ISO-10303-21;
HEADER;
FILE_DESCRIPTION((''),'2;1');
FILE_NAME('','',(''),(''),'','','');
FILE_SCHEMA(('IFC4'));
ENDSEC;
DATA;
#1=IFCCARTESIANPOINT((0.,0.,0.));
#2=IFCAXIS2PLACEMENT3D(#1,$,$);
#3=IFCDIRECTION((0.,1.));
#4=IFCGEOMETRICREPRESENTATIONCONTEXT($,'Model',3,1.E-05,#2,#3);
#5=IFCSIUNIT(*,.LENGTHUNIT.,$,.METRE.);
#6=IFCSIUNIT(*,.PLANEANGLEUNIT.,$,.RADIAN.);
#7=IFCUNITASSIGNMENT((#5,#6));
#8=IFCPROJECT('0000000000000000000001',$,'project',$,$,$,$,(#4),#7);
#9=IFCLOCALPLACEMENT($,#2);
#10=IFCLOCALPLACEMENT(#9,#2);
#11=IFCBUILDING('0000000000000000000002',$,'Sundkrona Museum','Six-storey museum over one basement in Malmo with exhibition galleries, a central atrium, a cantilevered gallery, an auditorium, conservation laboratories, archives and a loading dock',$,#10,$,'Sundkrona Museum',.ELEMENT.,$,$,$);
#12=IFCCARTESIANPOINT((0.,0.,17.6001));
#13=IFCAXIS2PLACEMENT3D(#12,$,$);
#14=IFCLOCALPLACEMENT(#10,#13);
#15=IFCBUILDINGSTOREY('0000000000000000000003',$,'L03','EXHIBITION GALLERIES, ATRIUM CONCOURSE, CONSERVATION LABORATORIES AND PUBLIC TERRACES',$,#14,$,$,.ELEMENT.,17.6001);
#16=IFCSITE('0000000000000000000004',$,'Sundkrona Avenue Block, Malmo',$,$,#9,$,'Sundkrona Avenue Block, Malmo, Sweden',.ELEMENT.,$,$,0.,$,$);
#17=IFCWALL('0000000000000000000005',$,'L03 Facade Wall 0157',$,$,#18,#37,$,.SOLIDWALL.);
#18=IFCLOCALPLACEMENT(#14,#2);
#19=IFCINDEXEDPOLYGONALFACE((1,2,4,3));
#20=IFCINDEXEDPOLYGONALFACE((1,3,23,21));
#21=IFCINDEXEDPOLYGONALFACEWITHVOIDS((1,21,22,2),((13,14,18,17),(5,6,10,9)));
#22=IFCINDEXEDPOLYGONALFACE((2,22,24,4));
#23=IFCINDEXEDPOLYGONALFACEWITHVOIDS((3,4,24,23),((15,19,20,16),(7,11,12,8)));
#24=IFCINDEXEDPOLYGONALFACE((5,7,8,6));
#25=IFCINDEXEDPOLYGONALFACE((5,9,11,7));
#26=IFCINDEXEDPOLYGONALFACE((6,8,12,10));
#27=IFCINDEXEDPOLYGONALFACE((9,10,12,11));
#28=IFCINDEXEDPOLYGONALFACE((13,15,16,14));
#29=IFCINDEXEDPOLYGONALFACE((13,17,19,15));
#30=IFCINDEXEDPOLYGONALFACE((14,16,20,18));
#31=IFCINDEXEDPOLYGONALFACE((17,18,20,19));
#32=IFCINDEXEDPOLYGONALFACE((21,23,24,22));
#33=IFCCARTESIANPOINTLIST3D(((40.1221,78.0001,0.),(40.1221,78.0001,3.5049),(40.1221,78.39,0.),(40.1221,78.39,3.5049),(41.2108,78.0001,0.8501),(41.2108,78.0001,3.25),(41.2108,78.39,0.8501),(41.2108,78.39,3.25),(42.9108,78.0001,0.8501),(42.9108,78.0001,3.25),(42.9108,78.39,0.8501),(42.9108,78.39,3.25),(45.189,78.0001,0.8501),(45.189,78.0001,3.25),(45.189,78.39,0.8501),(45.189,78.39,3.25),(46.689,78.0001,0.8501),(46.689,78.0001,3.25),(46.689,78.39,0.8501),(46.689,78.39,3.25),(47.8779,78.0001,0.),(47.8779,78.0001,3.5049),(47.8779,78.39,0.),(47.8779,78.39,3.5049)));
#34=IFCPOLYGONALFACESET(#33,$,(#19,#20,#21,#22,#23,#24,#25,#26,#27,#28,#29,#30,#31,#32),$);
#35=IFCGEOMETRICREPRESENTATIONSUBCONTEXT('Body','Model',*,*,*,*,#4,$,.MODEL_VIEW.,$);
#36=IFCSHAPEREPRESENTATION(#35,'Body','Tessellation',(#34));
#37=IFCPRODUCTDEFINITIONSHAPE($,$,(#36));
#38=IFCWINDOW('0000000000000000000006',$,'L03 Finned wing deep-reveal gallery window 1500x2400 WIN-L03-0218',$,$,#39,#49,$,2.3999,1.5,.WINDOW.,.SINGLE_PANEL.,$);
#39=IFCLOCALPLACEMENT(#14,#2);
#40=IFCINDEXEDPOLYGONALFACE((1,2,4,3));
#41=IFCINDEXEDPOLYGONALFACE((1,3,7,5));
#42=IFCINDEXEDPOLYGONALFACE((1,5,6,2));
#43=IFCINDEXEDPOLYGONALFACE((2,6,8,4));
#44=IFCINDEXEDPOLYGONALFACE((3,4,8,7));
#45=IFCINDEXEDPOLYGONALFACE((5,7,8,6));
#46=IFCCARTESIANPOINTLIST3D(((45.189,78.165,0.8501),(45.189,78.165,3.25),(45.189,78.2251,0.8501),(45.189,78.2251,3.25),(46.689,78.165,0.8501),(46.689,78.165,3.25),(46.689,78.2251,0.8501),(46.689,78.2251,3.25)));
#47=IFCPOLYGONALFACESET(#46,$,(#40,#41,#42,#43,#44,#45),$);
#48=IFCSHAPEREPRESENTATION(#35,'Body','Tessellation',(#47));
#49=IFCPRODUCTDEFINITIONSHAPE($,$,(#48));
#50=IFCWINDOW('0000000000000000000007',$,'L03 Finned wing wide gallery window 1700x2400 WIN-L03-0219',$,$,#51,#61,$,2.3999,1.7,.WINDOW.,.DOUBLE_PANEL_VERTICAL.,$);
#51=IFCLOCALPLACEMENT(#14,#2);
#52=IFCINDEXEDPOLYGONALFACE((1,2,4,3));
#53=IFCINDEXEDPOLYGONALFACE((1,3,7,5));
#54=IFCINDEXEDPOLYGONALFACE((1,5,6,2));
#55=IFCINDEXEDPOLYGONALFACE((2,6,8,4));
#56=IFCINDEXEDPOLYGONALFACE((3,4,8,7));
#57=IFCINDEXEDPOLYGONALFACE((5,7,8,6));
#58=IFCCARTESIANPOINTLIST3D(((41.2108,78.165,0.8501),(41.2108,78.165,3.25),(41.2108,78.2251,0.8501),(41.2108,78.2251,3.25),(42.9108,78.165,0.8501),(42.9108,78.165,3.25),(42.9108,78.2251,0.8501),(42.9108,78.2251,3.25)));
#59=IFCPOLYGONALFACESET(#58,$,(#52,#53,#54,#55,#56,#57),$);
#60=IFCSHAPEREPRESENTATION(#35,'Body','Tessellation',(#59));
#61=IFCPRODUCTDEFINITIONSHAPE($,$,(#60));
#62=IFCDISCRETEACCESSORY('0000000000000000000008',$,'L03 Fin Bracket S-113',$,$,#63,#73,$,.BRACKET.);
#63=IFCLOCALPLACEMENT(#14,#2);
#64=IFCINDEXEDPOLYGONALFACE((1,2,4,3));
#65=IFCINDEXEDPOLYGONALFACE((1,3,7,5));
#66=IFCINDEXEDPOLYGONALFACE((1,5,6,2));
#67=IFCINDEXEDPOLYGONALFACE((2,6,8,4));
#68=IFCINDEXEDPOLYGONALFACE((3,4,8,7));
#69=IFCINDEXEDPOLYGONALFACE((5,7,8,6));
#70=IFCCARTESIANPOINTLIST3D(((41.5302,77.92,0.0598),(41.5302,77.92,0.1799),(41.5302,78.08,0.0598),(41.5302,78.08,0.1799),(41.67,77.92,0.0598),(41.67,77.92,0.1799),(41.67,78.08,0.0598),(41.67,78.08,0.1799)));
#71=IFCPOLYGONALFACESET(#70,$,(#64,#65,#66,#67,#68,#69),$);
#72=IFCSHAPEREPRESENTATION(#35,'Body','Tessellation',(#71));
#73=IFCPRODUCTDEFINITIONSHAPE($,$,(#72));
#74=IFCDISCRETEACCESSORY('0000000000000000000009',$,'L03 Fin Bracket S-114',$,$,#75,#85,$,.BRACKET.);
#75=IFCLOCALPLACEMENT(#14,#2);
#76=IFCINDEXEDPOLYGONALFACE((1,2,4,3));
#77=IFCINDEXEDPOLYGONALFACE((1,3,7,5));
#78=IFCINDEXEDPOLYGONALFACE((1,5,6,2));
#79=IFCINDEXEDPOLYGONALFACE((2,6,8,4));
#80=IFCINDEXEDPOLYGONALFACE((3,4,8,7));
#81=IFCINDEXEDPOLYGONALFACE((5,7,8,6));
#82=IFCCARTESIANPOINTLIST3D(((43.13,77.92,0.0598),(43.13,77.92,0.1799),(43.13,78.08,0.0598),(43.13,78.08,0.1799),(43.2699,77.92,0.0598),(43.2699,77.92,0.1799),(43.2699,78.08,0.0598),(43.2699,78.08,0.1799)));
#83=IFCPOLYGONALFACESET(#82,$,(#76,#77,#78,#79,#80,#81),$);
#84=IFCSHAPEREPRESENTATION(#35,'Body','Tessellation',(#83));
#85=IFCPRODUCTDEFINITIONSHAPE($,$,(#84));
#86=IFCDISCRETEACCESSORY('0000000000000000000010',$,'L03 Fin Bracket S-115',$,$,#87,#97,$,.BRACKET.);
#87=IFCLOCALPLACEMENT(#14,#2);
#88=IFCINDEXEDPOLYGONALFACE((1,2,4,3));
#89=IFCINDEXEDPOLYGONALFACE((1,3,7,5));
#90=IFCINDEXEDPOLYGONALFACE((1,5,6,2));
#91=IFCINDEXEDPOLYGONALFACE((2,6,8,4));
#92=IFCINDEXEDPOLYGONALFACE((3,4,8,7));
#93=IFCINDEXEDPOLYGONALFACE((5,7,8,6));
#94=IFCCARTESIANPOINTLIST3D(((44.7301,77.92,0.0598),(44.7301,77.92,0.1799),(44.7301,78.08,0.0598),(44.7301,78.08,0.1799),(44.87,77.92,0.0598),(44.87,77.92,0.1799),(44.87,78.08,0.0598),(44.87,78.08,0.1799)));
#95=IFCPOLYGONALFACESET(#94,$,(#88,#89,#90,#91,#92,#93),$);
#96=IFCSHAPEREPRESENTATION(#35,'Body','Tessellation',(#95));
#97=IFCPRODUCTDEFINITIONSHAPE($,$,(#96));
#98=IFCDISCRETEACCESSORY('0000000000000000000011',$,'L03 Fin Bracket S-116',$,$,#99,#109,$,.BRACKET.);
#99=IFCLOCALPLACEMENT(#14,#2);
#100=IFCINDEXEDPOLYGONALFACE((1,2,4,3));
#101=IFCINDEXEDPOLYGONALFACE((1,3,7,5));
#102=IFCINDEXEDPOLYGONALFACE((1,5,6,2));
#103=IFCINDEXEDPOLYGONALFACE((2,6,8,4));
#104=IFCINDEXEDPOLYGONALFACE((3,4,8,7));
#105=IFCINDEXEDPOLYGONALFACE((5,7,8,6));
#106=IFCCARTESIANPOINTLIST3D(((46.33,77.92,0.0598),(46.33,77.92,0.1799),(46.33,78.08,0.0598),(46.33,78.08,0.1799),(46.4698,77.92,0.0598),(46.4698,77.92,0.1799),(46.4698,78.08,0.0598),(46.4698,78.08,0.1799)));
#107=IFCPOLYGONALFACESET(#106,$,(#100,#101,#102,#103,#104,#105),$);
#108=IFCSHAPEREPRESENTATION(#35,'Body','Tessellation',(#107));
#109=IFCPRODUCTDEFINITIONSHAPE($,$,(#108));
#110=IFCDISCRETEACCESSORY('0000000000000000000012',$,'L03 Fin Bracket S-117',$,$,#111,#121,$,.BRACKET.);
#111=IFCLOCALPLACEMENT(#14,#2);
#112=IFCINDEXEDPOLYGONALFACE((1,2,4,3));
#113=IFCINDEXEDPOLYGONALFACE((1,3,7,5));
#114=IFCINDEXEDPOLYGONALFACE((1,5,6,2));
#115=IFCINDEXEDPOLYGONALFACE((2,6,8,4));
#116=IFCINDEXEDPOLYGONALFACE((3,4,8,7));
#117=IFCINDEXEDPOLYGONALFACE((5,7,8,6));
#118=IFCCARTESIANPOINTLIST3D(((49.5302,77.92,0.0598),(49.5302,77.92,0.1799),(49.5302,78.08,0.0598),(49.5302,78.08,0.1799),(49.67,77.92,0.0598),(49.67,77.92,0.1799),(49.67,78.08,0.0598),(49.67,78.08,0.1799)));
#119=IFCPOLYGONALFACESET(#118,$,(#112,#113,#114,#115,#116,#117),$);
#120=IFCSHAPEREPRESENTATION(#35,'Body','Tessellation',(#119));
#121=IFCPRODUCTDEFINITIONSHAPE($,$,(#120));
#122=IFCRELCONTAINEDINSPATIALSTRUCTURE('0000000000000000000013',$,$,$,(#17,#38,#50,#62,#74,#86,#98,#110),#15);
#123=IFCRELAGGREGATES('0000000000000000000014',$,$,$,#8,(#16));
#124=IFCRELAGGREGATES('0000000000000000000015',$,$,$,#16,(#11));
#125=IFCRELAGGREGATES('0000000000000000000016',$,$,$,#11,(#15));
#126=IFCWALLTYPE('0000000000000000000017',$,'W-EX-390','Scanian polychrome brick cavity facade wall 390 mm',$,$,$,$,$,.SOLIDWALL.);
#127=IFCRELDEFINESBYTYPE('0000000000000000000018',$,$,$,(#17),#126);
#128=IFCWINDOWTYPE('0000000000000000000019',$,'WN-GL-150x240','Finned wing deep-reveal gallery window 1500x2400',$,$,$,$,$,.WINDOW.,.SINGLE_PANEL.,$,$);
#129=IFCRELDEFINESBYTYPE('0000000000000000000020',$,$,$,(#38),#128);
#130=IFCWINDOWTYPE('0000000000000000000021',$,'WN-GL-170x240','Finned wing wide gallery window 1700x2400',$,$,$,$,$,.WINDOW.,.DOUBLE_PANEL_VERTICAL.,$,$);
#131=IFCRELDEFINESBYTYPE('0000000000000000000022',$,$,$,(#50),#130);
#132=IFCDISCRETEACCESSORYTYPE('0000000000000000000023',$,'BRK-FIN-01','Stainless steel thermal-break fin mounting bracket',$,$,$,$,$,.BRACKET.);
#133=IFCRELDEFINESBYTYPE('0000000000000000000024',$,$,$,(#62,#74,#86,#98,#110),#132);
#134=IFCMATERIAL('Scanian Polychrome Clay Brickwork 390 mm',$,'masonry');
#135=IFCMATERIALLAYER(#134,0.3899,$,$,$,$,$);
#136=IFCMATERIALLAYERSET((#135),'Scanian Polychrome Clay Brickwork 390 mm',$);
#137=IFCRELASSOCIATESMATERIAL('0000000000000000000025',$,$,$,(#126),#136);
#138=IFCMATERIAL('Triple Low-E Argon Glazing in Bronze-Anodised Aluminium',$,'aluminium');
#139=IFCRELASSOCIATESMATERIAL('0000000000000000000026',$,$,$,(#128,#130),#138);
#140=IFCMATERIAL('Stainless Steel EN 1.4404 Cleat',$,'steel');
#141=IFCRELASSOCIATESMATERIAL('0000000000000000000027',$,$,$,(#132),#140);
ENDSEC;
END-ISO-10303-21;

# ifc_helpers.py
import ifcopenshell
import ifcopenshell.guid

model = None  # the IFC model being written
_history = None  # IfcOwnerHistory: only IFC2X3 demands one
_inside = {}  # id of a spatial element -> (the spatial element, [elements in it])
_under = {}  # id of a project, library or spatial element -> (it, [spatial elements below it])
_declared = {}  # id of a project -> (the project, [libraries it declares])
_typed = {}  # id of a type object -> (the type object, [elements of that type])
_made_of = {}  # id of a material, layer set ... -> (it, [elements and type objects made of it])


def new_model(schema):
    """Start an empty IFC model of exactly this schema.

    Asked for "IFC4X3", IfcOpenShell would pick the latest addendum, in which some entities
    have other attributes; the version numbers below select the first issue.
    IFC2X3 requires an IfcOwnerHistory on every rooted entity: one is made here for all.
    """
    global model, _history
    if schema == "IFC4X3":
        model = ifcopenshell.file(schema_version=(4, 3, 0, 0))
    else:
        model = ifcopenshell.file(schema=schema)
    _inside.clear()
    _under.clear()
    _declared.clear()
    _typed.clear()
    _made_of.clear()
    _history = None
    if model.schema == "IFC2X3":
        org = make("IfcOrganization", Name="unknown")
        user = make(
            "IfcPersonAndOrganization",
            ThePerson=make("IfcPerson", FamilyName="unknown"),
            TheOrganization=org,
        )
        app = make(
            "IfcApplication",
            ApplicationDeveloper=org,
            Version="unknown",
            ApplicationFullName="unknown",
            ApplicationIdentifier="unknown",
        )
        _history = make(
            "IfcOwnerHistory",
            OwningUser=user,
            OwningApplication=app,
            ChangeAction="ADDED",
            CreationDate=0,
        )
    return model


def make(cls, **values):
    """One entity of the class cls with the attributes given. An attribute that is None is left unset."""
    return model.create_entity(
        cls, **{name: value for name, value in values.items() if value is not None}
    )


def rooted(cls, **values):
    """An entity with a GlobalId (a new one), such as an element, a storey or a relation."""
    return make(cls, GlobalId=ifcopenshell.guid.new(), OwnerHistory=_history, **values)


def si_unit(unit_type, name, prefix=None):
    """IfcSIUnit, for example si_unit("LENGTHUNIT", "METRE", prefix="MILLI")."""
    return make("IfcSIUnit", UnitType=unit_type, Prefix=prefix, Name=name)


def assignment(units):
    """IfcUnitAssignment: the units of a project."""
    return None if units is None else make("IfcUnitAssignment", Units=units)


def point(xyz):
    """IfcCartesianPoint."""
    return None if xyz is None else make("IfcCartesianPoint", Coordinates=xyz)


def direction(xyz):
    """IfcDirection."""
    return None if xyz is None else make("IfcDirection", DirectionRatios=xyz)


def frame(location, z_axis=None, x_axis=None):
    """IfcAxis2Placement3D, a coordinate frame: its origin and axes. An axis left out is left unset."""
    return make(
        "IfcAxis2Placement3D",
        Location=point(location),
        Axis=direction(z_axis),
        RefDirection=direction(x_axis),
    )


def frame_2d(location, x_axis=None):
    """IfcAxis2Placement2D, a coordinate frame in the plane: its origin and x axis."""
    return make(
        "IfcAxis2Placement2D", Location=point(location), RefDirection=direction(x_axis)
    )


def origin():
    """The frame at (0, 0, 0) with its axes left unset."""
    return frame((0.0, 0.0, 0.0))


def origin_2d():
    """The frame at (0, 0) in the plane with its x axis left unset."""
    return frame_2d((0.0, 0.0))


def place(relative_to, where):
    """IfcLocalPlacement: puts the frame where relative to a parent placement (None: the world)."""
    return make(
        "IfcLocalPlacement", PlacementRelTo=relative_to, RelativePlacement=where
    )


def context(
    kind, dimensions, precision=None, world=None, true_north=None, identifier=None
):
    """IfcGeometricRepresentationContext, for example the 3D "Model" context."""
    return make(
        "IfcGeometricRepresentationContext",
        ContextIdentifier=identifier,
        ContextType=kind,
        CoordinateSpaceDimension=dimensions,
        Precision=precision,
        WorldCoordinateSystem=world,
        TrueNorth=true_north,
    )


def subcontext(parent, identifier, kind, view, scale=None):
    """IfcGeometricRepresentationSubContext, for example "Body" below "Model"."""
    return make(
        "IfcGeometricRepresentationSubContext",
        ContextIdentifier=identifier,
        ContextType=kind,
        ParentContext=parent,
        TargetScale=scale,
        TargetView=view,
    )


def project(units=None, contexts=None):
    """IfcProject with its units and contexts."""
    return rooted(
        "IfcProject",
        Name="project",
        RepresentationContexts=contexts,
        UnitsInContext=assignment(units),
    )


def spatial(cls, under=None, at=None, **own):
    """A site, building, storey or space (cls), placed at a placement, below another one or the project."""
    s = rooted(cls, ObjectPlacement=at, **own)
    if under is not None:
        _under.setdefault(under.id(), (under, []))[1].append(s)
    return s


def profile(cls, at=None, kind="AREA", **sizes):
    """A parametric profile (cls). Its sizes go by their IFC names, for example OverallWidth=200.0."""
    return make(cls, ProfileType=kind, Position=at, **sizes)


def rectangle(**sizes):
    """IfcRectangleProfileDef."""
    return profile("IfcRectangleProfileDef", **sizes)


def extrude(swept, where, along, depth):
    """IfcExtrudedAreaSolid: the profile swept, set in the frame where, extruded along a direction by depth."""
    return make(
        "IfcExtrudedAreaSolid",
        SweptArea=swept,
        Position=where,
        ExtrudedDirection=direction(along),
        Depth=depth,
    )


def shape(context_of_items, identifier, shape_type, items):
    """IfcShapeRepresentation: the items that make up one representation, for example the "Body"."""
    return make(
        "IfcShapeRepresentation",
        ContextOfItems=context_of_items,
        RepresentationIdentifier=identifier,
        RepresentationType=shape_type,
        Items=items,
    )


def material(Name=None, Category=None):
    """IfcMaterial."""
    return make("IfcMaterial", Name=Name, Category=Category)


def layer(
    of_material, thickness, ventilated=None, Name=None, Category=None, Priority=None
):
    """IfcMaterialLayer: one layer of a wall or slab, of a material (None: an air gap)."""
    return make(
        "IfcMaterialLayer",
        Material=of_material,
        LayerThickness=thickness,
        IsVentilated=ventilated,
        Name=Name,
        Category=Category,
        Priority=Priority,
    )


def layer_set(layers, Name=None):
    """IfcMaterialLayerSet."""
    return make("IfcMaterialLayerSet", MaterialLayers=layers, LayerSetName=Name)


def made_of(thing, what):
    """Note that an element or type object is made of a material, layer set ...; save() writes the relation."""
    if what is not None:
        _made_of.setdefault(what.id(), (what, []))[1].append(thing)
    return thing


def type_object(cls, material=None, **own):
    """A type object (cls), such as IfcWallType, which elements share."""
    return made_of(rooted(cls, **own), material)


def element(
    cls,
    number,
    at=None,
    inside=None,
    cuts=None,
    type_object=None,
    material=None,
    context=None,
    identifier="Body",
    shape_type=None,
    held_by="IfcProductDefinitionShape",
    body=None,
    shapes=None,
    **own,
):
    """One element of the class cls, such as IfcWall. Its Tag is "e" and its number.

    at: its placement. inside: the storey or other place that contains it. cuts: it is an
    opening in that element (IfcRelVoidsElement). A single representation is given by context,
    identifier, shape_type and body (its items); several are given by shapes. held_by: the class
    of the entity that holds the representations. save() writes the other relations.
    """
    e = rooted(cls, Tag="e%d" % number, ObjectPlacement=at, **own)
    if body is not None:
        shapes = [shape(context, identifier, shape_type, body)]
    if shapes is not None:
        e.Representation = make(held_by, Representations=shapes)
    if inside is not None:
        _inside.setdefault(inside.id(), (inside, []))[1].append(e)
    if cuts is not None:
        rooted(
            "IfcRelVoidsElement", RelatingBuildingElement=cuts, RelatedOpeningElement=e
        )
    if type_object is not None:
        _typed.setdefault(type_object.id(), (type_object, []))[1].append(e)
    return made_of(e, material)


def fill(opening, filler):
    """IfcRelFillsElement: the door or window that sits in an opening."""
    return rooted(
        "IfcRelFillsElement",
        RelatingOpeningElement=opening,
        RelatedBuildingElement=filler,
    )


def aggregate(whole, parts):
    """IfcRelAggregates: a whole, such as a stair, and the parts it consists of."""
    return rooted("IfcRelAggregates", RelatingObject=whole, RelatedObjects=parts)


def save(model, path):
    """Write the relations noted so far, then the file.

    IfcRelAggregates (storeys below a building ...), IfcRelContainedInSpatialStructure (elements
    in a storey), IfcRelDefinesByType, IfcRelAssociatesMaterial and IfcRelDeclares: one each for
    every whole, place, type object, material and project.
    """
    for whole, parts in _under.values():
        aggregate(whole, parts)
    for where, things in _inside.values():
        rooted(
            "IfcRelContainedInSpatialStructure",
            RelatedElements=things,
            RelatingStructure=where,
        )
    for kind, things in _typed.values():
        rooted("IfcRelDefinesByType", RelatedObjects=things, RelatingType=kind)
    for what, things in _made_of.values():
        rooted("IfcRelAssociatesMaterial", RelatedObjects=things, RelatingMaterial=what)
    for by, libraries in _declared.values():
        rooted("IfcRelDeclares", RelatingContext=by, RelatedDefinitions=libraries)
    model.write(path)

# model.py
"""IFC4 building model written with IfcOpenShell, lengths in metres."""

from ifc_helpers import new_model, si_unit, direction, frame, frame_2d, origin, origin_2d, place, context, subcontext, project, spatial, rectangle, extrude, material, layer, layer_set, type_object, element, fill, save


model = new_model("IFC4")

# Units and contexts
model_context = context("Model", 3, precision=1e-05, world=origin(), true_north=direction((0.0, 1.0)))
body_context = subcontext(model_context, "Body", "Model", "MODEL_VIEW")
ifc_project = project(units=[si_unit("LENGTHUNIT", "METRE"), si_unit("PLANEANGLEUNIT", "RADIAN")], contexts=[model_context])

# Site, building, storey
site_placement = place(None, origin())
site = spatial("IfcSite", under=ifc_project, at=site_placement, Name="Sundkrona Avenue Block, Malmo", LongName="Sundkrona Avenue Block, Malmo, Sweden", CompositionType="ELEMENT", RefElevation=0.0)
building_placement = place(site_placement, origin())
building = spatial("IfcBuilding", under=site, at=building_placement, Name="Sundkrona Museum", Description="Six-storey museum over one basement in Malmo with exhibition galleries, a central atrium, a cantilevered gallery, an auditorium, conservation laboratories, archives and a loading dock", LongName="Sundkrona Museum", CompositionType="ELEMENT")
storey_placement = place(building_placement, frame((0.0, 0.0, 17.6001)))
storey = spatial("IfcBuildingStorey", under=building, at=storey_placement, Name="L03", Description="EXHIBITION GALLERIES, ATRIUM CONCOURSE, CONSERVATION LABORATORIES AND PUBLIC TERRACES", CompositionType="ELEMENT", Elevation=17.6001)

# Wall, openings, windows
ifc_material_1 = material(Name="Scanian Polychrome Clay Brickwork 390 mm", Category="masonry")
ifc_layer_1 = layer(ifc_material_1, 0.3899)
ifc_layer_set_1 = layer_set([ifc_layer_1], Name="Scanian Polychrome Clay Brickwork 390 mm")
wall_type = type_object("IfcWallType", Name="W-EX-390", Description="Scanian polychrome brick cavity facade wall 390 mm", PredefinedType="SOLIDWALL", material=ifc_layer_set_1)
wall_placement = place(storey_placement, frame((47.8779, 78.1951, 0.0), z_axis=(0.0, 0.0, 1.0), x_axis=(-1.0, 0.0, 0.0)))
wall = element("IfcWall", 1, at=wall_placement, inside=storey, type_object=wall_type, Name="L03 Facade Wall 0157", PredefinedType="SOLIDWALL", context=body_context, shape_type="SweptSolid", body=[
    extrude(rectangle(XDim=7.7559, YDim=0.3899, at=frame_2d((3.8779, 0.0))), origin(), (0.0, 0.0, 1.0), 3.5049),
])
opening_1_placement = place(wall_placement, frame((1.189, 0.0, 0.8501)))
opening_1 = element("IfcOpeningElement", 2, at=opening_1_placement, cuts=wall, PredefinedType="OPENING", context=body_context, shape_type="SweptSolid", body=[
    extrude(rectangle(XDim=1.5, YDim=2.3999, at=frame_2d((0.75, 1.2))), frame((0.0, 0.2048, 0.0), z_axis=(0.0, -1.0, 0.0), x_axis=(1.0, 0.0, 0.0)), (0.0, 0.0, 1.0), 0.4099),
])
opening_2_placement = place(wall_placement, frame((4.967, 0.0, 0.8501)))
opening_2 = element("IfcOpeningElement", 3, at=opening_2_placement, cuts=wall, PredefinedType="OPENING", context=body_context, shape_type="SweptSolid", body=[
    extrude(rectangle(XDim=1.7, YDim=2.3999, at=frame_2d((0.8501, 1.2))), frame((0.0, 0.2048, 0.0), z_axis=(0.0, -1.0, 0.0), x_axis=(1.0, 0.0, 0.0)), (0.0, 0.0, 1.0), 0.4099),
])
ifc_material_2 = material(Name="Triple Low-E Argon Glazing in Bronze-Anodised Aluminium", Category="aluminium")
window_type_1 = type_object("IfcWindowType", Name="WN-GL-150x240", Description="Finned wing deep-reveal gallery window 1500x2400", PartitioningType="SINGLE_PANEL", PredefinedType="WINDOW", material=ifc_material_2)
window_1_placement = place(opening_1_placement, origin())
window_1 = element("IfcWindow", 4, at=window_1_placement, inside=storey, type_object=window_type_1, Name="L03 Finned wing deep-reveal gallery window 1500x2400 WIN-L03-0218", OverallHeight=2.3999, OverallWidth=1.5, PartitioningType="SINGLE_PANEL", PredefinedType="WINDOW", context=body_context, shape_type="SweptSolid", body=[
    extrude(rectangle(XDim=1.5, YDim=2.3999, at=frame_2d((0.75, 1.2))), frame((0.0, 0.03, 0.0), z_axis=(0.0, -1.0, 0.0), x_axis=(1.0, 0.0, 0.0)), (0.0, 0.0, 1.0), 0.0601),
])
fill(opening_1, window_1)
window_type_2 = type_object("IfcWindowType", Name="WN-GL-170x240", Description="Finned wing wide gallery window 1700x2400", PartitioningType="DOUBLE_PANEL_VERTICAL", PredefinedType="WINDOW", material=ifc_material_2)
window_2_placement = place(opening_2_placement, origin())
window_2 = element("IfcWindow", 5, at=window_2_placement, inside=storey, type_object=window_type_2, Name="L03 Finned wing wide gallery window 1700x2400 WIN-L03-0219", OverallHeight=2.3999, OverallWidth=1.7, PartitioningType="DOUBLE_PANEL_VERTICAL", PredefinedType="WINDOW", context=body_context, shape_type="SweptSolid", body=[
    extrude(rectangle(XDim=1.7, YDim=2.3999, at=frame_2d((0.8501, 1.2))), frame((0.0, 0.03, 0.0), z_axis=(0.0, -1.0, 0.0), x_axis=(1.0, 0.0, 0.0)), (0.0, 0.0, 1.0), 0.0601),
])
fill(opening_2, window_2)

# Discrete accessories
ifc_material_3 = material(Name="Stainless Steel EN 1.4404 Cleat", Category="steel")
discrete_accessory_type = type_object("IfcDiscreteAccessoryType", Name="BRK-FIN-01", Description="Stainless steel thermal-break fin mounting bracket", PredefinedType="BRACKET", material=ifc_material_3)
for number, where, z_axis, x_axis, name in (
    (6, (41.6001, 78.0, 0.0598), (0.0, 0.0, 1.0), (1.0, 0.0, 0.0), "L03 Fin Bracket S-113"),
    (7, (43.2, 78.0, 0.0598), (0.0, 0.0, 1.0), (1.0, 0.0, 0.0), "L03 Fin Bracket S-114"),
    (8, (44.8, 78.0, 0.0598), (0.0, 0.0, 1.0), (1.0, 0.0, 0.0), "L03 Fin Bracket S-115"),
    (9, (46.3999, 78.0, 0.0598), (0.0, 0.0, 1.0), (1.0, 0.0, 0.0), "L03 Fin Bracket S-116"),
    (10, (49.6001, 78.0, 0.0598), (0.0, 0.0, 1.0), (1.0, 0.0, 0.0), "L03 Fin Bracket S-117"),
):
    element("IfcDiscreteAccessory", number, at=place(storey_placement, frame(where, z_axis=z_axis, x_axis=x_axis)), inside=storey, type_object=discrete_accessory_type, Name=name, PredefinedType="BRACKET", context=body_context, shape_type="SweptSolid", body=[
        extrude(rectangle(XDim=0.1399, YDim=0.1599, at=origin_2d()), origin(), (0.0, 0.0, 1.0), 0.1201),
    ])

save(model, "model.ifc")
